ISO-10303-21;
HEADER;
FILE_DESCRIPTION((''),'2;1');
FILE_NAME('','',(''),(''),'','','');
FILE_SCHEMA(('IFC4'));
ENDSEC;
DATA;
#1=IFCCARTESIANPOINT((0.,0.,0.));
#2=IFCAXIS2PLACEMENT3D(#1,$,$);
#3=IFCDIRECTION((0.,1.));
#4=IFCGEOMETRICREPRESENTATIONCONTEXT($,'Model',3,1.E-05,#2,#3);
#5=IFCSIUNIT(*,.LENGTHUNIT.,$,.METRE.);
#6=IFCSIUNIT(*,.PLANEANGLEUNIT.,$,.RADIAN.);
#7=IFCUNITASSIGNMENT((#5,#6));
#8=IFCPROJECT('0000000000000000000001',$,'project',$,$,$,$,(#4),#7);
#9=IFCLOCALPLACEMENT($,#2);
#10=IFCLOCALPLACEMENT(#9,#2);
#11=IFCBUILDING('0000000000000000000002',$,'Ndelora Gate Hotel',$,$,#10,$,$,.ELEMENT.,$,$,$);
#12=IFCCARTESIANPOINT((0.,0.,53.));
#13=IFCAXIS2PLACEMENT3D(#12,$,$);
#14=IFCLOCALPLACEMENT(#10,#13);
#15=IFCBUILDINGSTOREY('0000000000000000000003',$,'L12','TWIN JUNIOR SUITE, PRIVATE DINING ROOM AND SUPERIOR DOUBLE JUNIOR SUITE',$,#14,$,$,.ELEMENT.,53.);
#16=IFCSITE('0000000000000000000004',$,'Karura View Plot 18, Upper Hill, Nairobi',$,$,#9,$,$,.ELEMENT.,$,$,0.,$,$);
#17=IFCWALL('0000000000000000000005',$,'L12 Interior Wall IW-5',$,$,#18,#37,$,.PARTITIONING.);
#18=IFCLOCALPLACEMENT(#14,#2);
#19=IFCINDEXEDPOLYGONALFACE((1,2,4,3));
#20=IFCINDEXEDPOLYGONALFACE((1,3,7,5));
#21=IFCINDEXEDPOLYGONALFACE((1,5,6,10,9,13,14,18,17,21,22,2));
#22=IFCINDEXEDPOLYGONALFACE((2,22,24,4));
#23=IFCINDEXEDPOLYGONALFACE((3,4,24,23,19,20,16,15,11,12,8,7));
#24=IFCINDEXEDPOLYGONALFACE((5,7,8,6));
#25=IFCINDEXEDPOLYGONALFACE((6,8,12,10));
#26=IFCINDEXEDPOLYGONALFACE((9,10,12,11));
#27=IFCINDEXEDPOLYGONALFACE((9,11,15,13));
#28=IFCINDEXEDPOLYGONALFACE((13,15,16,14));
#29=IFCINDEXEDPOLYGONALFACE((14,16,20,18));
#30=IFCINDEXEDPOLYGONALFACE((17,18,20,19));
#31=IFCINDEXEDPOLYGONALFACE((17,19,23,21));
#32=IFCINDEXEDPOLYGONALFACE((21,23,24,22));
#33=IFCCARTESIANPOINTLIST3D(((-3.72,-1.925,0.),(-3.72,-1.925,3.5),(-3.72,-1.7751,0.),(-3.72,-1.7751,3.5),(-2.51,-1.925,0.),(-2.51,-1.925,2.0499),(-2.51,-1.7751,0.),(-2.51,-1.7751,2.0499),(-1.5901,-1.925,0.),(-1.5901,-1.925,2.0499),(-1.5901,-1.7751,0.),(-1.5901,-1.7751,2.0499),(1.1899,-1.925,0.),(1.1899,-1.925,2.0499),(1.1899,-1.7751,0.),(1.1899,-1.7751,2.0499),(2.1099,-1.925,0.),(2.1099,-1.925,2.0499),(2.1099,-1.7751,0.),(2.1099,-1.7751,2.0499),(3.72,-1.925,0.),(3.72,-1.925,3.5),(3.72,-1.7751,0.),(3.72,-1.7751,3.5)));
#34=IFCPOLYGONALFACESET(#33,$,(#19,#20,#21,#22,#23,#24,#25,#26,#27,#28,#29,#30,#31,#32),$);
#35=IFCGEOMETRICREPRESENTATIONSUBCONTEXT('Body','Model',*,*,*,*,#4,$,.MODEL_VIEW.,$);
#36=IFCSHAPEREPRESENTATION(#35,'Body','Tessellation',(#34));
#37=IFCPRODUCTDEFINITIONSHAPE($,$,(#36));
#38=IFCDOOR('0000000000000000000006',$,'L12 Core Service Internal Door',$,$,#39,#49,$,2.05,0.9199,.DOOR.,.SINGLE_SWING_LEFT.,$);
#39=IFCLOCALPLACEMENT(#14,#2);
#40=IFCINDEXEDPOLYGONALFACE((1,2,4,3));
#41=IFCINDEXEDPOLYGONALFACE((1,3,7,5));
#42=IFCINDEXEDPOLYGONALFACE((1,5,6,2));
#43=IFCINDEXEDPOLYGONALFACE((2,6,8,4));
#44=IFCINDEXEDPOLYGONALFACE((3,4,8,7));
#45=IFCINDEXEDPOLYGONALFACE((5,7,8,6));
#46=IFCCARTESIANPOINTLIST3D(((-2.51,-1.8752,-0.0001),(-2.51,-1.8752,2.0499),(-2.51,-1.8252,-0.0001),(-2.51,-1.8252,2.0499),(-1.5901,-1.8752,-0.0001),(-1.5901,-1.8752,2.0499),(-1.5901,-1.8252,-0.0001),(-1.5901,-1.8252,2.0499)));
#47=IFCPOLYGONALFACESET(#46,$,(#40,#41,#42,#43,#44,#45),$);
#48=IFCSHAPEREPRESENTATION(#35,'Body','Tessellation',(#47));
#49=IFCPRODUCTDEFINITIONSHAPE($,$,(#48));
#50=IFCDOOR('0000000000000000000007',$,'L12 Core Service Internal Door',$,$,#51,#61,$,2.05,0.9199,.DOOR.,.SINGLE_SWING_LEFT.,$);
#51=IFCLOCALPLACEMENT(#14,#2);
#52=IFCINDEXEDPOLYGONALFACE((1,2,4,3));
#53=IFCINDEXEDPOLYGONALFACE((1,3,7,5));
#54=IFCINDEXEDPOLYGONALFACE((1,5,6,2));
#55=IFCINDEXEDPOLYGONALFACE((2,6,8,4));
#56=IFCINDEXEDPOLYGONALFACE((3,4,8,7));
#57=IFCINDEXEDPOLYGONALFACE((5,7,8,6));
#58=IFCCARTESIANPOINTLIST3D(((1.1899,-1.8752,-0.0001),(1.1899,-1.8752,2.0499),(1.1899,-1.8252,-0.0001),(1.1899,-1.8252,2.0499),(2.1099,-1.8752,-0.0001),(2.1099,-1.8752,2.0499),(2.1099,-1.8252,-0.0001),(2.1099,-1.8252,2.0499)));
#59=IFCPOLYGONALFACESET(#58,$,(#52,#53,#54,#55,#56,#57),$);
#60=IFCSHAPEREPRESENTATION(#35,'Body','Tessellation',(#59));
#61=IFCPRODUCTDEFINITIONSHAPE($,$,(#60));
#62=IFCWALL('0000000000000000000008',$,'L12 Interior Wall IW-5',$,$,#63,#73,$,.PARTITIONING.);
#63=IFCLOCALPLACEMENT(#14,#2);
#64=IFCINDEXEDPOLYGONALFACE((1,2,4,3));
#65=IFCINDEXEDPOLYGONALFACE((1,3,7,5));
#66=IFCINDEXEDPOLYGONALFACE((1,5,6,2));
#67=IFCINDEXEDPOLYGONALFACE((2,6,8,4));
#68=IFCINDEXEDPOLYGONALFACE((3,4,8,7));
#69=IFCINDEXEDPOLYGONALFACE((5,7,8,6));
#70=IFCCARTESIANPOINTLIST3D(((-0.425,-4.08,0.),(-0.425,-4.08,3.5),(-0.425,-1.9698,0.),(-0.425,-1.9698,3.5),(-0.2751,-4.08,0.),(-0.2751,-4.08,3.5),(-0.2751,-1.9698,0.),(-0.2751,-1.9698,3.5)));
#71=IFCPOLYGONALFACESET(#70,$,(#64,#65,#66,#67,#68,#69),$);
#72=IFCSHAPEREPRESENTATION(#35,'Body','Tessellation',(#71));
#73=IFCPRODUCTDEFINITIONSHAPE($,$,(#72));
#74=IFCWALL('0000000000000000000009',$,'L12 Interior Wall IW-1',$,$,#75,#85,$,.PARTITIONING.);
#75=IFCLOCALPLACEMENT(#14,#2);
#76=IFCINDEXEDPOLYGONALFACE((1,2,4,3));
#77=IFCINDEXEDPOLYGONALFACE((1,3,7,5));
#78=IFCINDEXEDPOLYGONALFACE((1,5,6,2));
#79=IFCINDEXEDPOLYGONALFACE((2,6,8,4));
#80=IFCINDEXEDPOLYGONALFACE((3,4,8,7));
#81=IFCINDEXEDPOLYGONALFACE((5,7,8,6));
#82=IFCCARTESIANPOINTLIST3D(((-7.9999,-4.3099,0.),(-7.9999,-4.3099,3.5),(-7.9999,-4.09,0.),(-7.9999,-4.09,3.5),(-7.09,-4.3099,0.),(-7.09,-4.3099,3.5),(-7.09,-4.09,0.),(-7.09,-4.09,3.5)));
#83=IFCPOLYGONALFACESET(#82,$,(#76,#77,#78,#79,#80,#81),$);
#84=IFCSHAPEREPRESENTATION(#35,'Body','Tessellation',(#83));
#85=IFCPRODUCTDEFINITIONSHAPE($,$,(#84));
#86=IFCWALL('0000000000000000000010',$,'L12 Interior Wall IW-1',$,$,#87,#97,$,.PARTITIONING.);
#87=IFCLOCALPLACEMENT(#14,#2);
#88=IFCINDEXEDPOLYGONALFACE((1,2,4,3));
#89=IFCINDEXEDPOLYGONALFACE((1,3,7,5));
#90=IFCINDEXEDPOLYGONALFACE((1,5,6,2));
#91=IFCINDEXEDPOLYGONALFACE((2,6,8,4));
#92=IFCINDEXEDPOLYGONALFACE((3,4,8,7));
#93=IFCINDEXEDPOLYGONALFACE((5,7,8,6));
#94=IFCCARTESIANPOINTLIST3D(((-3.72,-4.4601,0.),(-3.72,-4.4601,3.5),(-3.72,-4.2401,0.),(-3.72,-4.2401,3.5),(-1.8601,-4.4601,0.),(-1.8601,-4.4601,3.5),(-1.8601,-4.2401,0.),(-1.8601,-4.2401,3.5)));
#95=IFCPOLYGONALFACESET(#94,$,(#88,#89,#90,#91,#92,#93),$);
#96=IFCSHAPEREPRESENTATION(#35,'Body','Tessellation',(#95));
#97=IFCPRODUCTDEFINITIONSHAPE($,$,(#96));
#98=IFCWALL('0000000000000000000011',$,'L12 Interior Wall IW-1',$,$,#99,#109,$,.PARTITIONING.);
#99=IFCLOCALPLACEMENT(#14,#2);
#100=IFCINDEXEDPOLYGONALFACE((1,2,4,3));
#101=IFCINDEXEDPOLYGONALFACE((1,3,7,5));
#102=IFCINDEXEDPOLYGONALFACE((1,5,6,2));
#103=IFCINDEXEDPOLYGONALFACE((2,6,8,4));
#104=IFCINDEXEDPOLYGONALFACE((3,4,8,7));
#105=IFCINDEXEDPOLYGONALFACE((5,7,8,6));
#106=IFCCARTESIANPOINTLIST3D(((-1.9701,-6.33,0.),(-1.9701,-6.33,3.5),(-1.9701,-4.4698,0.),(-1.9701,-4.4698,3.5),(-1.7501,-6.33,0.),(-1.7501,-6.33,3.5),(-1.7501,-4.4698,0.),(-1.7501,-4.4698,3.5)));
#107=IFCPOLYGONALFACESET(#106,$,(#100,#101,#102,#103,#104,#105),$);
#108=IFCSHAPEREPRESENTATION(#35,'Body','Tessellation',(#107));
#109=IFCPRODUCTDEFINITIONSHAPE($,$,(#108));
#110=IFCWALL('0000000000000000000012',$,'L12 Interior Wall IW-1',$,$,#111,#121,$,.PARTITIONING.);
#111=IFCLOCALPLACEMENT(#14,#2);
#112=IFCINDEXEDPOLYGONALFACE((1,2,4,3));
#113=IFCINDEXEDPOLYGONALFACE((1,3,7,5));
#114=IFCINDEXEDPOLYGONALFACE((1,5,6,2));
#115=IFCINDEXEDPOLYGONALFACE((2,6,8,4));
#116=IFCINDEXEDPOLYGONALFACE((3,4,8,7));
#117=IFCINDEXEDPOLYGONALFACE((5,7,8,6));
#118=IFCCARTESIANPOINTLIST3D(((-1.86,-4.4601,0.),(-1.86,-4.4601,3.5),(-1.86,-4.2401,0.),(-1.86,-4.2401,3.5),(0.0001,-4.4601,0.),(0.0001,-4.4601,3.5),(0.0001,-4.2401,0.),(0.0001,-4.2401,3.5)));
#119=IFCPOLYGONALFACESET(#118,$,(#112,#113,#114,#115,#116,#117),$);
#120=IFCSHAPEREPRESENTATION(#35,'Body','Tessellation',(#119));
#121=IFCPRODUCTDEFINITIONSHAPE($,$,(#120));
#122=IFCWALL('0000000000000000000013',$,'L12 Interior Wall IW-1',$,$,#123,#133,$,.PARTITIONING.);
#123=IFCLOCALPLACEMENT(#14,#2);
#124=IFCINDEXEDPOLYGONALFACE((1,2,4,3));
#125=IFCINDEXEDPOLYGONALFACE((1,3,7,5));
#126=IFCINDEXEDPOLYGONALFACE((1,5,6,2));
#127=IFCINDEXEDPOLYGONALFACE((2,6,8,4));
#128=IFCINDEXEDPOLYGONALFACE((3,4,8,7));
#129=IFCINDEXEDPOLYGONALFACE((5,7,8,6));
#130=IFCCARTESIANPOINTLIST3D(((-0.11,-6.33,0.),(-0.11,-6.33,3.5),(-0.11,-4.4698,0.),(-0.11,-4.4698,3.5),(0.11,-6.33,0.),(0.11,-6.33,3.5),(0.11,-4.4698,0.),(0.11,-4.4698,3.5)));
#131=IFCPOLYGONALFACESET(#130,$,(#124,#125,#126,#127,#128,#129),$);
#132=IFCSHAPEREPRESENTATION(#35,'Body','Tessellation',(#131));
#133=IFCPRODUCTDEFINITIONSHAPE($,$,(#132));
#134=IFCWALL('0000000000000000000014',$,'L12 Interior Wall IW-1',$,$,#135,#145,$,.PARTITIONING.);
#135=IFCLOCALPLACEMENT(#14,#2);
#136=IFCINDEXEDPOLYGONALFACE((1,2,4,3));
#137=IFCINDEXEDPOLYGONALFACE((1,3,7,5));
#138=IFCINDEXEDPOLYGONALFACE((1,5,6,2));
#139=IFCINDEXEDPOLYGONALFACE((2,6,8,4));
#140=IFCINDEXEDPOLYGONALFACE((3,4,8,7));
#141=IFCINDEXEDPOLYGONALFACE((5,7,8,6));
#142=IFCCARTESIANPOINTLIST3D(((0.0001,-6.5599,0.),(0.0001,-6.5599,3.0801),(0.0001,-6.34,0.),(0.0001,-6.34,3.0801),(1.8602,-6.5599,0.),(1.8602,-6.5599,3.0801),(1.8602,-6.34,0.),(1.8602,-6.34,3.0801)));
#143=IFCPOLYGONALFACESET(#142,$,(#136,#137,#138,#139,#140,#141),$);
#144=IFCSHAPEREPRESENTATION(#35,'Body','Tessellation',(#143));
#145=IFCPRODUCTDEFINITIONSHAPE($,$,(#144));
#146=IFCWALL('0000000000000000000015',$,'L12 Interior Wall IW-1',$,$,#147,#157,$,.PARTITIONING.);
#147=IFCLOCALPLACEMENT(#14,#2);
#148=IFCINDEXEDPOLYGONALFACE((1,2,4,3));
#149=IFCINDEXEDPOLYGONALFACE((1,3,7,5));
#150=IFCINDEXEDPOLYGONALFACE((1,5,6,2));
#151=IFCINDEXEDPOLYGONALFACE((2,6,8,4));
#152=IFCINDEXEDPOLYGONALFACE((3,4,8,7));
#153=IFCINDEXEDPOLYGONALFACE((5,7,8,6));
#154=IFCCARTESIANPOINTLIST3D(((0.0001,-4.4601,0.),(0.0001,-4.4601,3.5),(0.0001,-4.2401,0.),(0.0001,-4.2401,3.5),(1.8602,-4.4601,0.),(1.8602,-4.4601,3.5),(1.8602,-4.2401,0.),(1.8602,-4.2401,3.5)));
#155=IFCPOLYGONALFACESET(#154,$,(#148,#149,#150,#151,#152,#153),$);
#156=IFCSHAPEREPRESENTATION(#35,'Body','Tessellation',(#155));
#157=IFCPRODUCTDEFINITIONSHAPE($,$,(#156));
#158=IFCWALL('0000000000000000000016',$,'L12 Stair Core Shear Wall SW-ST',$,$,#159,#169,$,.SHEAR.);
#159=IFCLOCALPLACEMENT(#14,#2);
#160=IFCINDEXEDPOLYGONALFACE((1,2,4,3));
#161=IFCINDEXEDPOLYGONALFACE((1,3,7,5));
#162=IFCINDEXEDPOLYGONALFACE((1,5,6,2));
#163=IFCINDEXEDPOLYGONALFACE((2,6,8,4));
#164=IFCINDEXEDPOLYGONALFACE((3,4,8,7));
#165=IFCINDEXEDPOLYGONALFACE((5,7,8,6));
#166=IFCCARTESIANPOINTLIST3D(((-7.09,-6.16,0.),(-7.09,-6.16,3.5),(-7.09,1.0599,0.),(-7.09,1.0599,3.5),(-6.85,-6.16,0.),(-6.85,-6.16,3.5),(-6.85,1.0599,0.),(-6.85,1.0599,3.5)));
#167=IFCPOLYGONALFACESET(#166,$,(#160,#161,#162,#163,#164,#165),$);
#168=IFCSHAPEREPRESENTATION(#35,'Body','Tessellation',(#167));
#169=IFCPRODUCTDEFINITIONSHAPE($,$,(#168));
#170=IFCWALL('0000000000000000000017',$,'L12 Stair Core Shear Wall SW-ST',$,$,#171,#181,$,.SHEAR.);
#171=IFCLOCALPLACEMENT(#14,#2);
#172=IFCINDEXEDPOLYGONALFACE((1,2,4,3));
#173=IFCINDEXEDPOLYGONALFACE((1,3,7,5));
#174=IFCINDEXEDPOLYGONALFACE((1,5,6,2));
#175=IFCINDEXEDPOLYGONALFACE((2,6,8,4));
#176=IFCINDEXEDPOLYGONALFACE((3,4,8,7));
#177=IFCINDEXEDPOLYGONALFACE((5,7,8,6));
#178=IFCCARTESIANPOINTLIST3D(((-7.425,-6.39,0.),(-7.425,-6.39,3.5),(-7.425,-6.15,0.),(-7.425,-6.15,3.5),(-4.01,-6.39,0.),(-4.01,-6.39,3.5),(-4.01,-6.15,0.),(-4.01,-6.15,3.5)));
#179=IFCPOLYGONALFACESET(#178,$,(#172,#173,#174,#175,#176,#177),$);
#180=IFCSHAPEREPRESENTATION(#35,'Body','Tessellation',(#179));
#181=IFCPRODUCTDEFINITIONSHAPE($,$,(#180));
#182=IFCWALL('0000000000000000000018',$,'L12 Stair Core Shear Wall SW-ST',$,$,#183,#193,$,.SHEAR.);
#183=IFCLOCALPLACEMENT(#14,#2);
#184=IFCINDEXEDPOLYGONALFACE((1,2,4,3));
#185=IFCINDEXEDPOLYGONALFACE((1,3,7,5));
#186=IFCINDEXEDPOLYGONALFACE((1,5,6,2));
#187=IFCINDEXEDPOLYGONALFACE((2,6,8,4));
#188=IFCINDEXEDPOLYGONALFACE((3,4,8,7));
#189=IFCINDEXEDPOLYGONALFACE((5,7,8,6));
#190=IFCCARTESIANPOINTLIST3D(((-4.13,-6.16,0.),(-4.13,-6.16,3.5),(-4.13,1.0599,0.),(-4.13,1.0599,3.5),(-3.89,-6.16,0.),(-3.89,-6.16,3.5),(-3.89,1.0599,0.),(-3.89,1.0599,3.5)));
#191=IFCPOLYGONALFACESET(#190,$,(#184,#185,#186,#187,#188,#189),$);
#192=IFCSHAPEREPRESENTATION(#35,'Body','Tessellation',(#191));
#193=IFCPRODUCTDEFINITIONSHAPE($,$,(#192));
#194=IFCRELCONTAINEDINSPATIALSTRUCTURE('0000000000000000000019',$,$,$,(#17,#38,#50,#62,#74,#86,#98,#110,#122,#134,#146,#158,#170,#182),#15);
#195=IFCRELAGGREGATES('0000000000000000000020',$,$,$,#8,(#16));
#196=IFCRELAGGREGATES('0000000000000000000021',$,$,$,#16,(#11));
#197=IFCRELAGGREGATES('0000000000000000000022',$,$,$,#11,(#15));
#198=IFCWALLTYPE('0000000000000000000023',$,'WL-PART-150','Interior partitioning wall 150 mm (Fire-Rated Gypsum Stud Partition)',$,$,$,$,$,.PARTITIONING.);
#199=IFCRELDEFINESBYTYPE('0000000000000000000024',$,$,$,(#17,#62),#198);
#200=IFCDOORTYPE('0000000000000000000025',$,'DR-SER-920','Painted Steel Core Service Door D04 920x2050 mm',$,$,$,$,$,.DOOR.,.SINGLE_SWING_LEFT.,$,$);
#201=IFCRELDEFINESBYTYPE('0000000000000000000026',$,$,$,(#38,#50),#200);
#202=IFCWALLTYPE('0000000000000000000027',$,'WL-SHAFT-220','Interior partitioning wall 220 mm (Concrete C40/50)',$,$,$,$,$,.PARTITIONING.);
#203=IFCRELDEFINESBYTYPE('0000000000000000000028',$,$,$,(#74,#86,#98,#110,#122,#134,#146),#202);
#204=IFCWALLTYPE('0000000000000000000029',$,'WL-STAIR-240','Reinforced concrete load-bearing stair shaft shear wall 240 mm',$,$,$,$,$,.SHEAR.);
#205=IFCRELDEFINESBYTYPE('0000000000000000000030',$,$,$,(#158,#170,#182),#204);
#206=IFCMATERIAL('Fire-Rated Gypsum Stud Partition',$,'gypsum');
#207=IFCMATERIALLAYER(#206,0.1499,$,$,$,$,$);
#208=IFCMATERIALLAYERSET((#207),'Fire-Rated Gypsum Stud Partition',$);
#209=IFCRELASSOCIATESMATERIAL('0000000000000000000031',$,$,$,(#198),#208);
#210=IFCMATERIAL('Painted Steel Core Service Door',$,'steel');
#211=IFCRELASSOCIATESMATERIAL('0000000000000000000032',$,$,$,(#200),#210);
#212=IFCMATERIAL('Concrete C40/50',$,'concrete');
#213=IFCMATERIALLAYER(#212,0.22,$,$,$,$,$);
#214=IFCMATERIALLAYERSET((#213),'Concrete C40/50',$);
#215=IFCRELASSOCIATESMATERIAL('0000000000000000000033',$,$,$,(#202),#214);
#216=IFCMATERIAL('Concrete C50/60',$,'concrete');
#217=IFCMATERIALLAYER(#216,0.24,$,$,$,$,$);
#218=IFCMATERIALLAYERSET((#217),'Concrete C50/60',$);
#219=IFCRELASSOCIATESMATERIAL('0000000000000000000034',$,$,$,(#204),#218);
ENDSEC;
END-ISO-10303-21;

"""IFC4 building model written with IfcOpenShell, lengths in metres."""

from ifc_helpers import new_model, si_unit, direction, frame, frame_2d, origin, place, context, subcontext, project, spatial, rectangle, extrude, material, layer, layer_set, type_object, element, fill, save


model = new_model("IFC4")

# Units and contexts
model_context = context("Model", 3, precision=1e-05, world=origin(), true_north=direction((0.0, 1.0)))
body_context = subcontext(model_context, "Body", "Model", "MODEL_VIEW")
ifc_project = project(units=[si_unit("LENGTHUNIT", "METRE"), si_unit("PLANEANGLEUNIT", "RADIAN")], contexts=[model_context])

# Site, building, storey
site_placement = place(None, origin())
site = spatial("IfcSite", under=ifc_project, at=site_placement, Name="Karura View Plot 18, Upper Hill, Nairobi", CompositionType="ELEMENT", RefElevation=0.0)
building_placement = place(site_placement, origin())
building = spatial("IfcBuilding", under=site, at=building_placement, Name="Ndelora Gate Hotel", CompositionType="ELEMENT")
storey_placement = place(building_placement, frame((0.0, 0.0, 53.0)))
storey = spatial("IfcBuildingStorey", under=building, at=storey_placement, Name="L12", Description="TWIN JUNIOR SUITE, PRIVATE DINING ROOM AND SUPERIOR DOUBLE JUNIOR SUITE", CompositionType="ELEMENT", Elevation=53.0)

# Wall, openings, doors
ifc_material_1 = material(Name="Fire-Rated Gypsum Stud Partition", Category="gypsum")
ifc_layer_1 = layer(ifc_material_1, 0.1499)
ifc_layer_set_1 = layer_set([ifc_layer_1], Name="Fire-Rated Gypsum Stud Partition")
wall_type_1 = type_object("IfcWallType", Name="WL-PART-150", Description="Interior partitioning wall 150 mm (Fire-Rated Gypsum Stud Partition)", PredefinedType="PARTITIONING", material=ifc_layer_set_1)
wall_1_placement = place(storey_placement, frame((-3.72, -1.8501, 0.0), z_axis=(0.0, 0.0, 1.0), x_axis=(1.0, 0.0, 0.0)))
wall_1 = element("IfcWall", 1, at=wall_1_placement, inside=storey, type_object=wall_type_1, Name="L12 Interior Wall IW-5", PredefinedType="PARTITIONING", context=body_context, shape_type="SweptSolid", body=[
    extrude(rectangle(XDim=7.4399, YDim=0.1499, at=frame_2d((3.72, 0.0))), origin(), (0.0, 0.0, 1.0), 3.5),
])
opening_1_placement = place(wall_1_placement, frame((1.21, 0.0, 0.0)))
opening_1 = element("IfcOpeningElement", 2, at=opening_1_placement, cuts=wall_1, PredefinedType="OPENING", context=body_context, shape_type="SweptSolid", body=[
    extrude(rectangle(XDim=0.9199, YDim=2.05, at=frame_2d((0.46, 1.0249))), frame((0.0, 0.085, 0.0), z_axis=(0.0, -1.0, 0.0), x_axis=(1.0, 0.0, 0.0)), (0.0, 0.0, 1.0), 0.1699),
])
opening_2_placement = place(wall_1_placement, frame((4.9099, 0.0, 0.0)))
opening_2 = element("IfcOpeningElement", 3, at=opening_2_placement, cuts=wall_1, PredefinedType="OPENING", context=body_context, shape_type="SweptSolid", body=[
    extrude(rectangle(XDim=0.9199, YDim=2.05, at=frame_2d((0.46, 1.0249))), frame((0.0, 0.085, 0.0), z_axis=(0.0, -1.0, 0.0), x_axis=(1.0, 0.0, 0.0)), (0.0, 0.0, 1.0), 0.1699),
])
ifc_material_2 = material(Name="Painted Steel Core Service Door", Category="steel")
door_type = type_object("IfcDoorType", Name="DR-SER-920", Description="Painted Steel Core Service Door D04 920x2050 mm", OperationType="SINGLE_SWING_LEFT", PredefinedType="DOOR", material=ifc_material_2)
door_1_placement = place(opening_1_placement, origin())
door_1 = element("IfcDoor", 4, at=door_1_placement, inside=storey, type_object=door_type, Name="L12 Core Service Internal Door", OperationType="SINGLE_SWING_LEFT", OverallHeight=2.05, OverallWidth=0.9199, PredefinedType="DOOR", context=body_context, shape_type="SweptSolid", body=[
    extrude(rectangle(XDim=0.9199, YDim=2.05, at=frame_2d((0.46, 1.0249))), frame((0.0, 0.0249, 0.0), z_axis=(0.0, -1.0, 0.0), x_axis=(1.0, 0.0, 0.0)), (0.0, 0.0, 1.0), 0.05),
])
fill(opening_1, door_1)
door_2_placement = place(opening_2_placement, origin())
door_2 = element("IfcDoor", 5, at=door_2_placement, inside=storey, type_object=door_type, Name="L12 Core Service Internal Door", OperationType="SINGLE_SWING_LEFT", OverallHeight=2.05, OverallWidth=0.9199, PredefinedType="DOOR", context=body_context, shape_type="SweptSolid", body=[
    extrude(rectangle(XDim=0.9199, YDim=2.05, at=frame_2d((0.46, 1.0249))), frame((0.0, 0.0249, 0.0), z_axis=(0.0, -1.0, 0.0), x_axis=(1.0, 0.0, 0.0)), (0.0, 0.0, 1.0), 0.05),
])
fill(opening_2, door_2)

# Walls
wall_2_placement = place(storey_placement, frame((-0.3501, -4.0801, 0.0), z_axis=(0.0, 0.0, 1.0), x_axis=(0.0, 1.0, 0.0)))
element("IfcWall", 6, at=wall_2_placement, inside=storey, type_object=wall_type_1, Name="L12 Interior Wall IW-5", PredefinedType="PARTITIONING", context=body_context, shape_type="SweptSolid", body=[
    extrude(rectangle(XDim=2.1101, YDim=0.1499, at=frame_2d((1.0552, 0.0))), origin(), (0.0, 0.0, 1.0), 3.5),
])
ifc_material_3 = material(Name="Concrete C40/50", Category="concrete")
ifc_layer_2 = layer(ifc_material_3, 0.22)
ifc_layer_set_2 = layer_set([ifc_layer_2], Name="Concrete C40/50")
wall_type_2 = type_object("IfcWallType", Name="WL-SHAFT-220", Description="Interior partitioning wall 220 mm (Concrete C40/50)", PredefinedType="PARTITIONING", material=ifc_layer_set_2)
wall_3_placement = place(storey_placement, frame((-8.0, -4.2, 0.0), z_axis=(0.0, 0.0, 1.0), x_axis=(1.0, 0.0, 0.0)))
element("IfcWall", 7, at=wall_3_placement, inside=storey, type_object=wall_type_2, Name="L12 Interior Wall IW-1", PredefinedType="PARTITIONING", context=body_context, shape_type="SweptSolid", body=[
    extrude(rectangle(XDim=0.9099, YDim=0.22, at=frame_2d((0.4551, 0.0))), origin(), (0.0, 0.0, 1.0), 3.5),
])
wall_4_placement = place(storey_placement, frame((-3.72, -4.3501, 0.0), z_axis=(0.0, 0.0, 1.0), x_axis=(1.0, 0.0, 0.0)))
element("IfcWall", 8, at=wall_4_placement, inside=storey, type_object=wall_type_2, Name="L12 Interior Wall IW-1", PredefinedType="PARTITIONING", context=body_context, shape_type="SweptSolid", body=[
    extrude(rectangle(XDim=1.8599, YDim=0.22, at=frame_2d((0.9299, 0.0))), origin(), (0.0, 0.0, 1.0), 3.5),
])
for number, where, z_axis, x_axis, name in (
    (9, (-1.8601, -6.3301, 0.0), (0.0, 0.0, 1.0), (0.0, 1.0, 0.0), "L12 Interior Wall IW-1"),
    (10, (-1.8601, -4.3501, 0.0), (0.0, 0.0, 1.0), (1.0, 0.0, 0.0), "L12 Interior Wall IW-1"),
    (11, (0.0, -6.3301, 0.0), (0.0, 0.0, 1.0), (0.0, 1.0, 0.0), "L12 Interior Wall IW-1"),
):
    element("IfcWall", number, at=place(storey_placement, frame(where, z_axis=z_axis, x_axis=x_axis)), inside=storey, type_object=wall_type_2, Name=name, PredefinedType="PARTITIONING", context=body_context, shape_type="SweptSolid", body=[
        extrude(rectangle(XDim=1.8601, YDim=0.22, at=frame_2d((0.9302, 0.0))), origin(), (0.0, 0.0, 1.0), 3.5),
    ])
wall_5_placement = place(storey_placement, frame((0.0, -6.45, 0.0), z_axis=(0.0, 0.0, 1.0), x_axis=(1.0, 0.0, 0.0)))
element("IfcWall", 12, at=wall_5_placement, inside=storey, type_object=wall_type_2, Name="L12 Interior Wall IW-1", PredefinedType="PARTITIONING", context=body_context, shape_type="SweptSolid", body=[
    extrude(rectangle(XDim=1.8601, YDim=0.22, at=frame_2d((0.9302, 0.0))), origin(), (0.0, 0.0, 1.0), 3.0801),
])
wall_6_placement = place(storey_placement, frame((0.0, -4.3501, 0.0), z_axis=(0.0, 0.0, 1.0), x_axis=(1.0, 0.0, 0.0)))
element("IfcWall", 13, at=wall_6_placement, inside=storey, type_object=wall_type_2, Name="L12 Interior Wall IW-1", PredefinedType="PARTITIONING", context=body_context, shape_type="SweptSolid", body=[
    extrude(rectangle(XDim=1.8601, YDim=0.22, at=frame_2d((0.9302, 0.0))), origin(), (0.0, 0.0, 1.0), 3.5),
])
ifc_material_4 = material(Name="Concrete C50/60", Category="concrete")
ifc_layer_3 = layer(ifc_material_4, 0.24)
ifc_layer_set_3 = layer_set([ifc_layer_3], Name="Concrete C50/60")
wall_type_3 = type_object("IfcWallType", Name="WL-STAIR-240", Description="Reinforced concrete load-bearing stair shaft shear wall 240 mm", PredefinedType="SHEAR", material=ifc_layer_set_3)
wall_7_placement = place(storey_placement, frame((-6.97, -6.1599, 0.0), z_axis=(0.0, 0.0, 1.0), x_axis=(0.0, 1.0, 0.0)))
element("IfcWall", 14, at=wall_7_placement, inside=storey, type_object=wall_type_3, Name="L12 Stair Core Shear Wall SW-ST", PredefinedType="SHEAR", context=body_context, shape_type="SweptSolid", body=[
    extrude(rectangle(XDim=7.22, YDim=0.24, at=frame_2d((3.6099, 0.0))), origin(), (0.0, 0.0, 1.0), 3.5),
])
wall_8_placement = place(storey_placement, frame((-7.425, -6.27, 0.0), z_axis=(0.0, 0.0, 1.0), x_axis=(1.0, 0.0, 0.0)))
element("IfcWall", 15, at=wall_8_placement, inside=storey, type_object=wall_type_3, Name="L12 Stair Core Shear Wall SW-ST", PredefinedType="SHEAR", context=body_context, shape_type="SweptSolid", body=[
    extrude(rectangle(XDim=3.415, YDim=0.24, at=frame_2d((1.7075, 0.0))), origin(), (0.0, 0.0, 1.0), 3.5),
])
wall_9_placement = place(storey_placement, frame((-4.01, -6.1599, 0.0), z_axis=(0.0, 0.0, 1.0), x_axis=(0.0, 1.0, 0.0)))
element("IfcWall", 16, at=wall_9_placement, inside=storey, type_object=wall_type_3, Name="L12 Stair Core Shear Wall SW-ST", PredefinedType="SHEAR", context=body_context, shape_type="SweptSolid", body=[
    extrude(rectangle(XDim=7.22, YDim=0.24, at=frame_2d((3.6099, 0.0))), origin(), (0.0, 0.0, 1.0), 3.5),
])

save(model, "model.ifc")
